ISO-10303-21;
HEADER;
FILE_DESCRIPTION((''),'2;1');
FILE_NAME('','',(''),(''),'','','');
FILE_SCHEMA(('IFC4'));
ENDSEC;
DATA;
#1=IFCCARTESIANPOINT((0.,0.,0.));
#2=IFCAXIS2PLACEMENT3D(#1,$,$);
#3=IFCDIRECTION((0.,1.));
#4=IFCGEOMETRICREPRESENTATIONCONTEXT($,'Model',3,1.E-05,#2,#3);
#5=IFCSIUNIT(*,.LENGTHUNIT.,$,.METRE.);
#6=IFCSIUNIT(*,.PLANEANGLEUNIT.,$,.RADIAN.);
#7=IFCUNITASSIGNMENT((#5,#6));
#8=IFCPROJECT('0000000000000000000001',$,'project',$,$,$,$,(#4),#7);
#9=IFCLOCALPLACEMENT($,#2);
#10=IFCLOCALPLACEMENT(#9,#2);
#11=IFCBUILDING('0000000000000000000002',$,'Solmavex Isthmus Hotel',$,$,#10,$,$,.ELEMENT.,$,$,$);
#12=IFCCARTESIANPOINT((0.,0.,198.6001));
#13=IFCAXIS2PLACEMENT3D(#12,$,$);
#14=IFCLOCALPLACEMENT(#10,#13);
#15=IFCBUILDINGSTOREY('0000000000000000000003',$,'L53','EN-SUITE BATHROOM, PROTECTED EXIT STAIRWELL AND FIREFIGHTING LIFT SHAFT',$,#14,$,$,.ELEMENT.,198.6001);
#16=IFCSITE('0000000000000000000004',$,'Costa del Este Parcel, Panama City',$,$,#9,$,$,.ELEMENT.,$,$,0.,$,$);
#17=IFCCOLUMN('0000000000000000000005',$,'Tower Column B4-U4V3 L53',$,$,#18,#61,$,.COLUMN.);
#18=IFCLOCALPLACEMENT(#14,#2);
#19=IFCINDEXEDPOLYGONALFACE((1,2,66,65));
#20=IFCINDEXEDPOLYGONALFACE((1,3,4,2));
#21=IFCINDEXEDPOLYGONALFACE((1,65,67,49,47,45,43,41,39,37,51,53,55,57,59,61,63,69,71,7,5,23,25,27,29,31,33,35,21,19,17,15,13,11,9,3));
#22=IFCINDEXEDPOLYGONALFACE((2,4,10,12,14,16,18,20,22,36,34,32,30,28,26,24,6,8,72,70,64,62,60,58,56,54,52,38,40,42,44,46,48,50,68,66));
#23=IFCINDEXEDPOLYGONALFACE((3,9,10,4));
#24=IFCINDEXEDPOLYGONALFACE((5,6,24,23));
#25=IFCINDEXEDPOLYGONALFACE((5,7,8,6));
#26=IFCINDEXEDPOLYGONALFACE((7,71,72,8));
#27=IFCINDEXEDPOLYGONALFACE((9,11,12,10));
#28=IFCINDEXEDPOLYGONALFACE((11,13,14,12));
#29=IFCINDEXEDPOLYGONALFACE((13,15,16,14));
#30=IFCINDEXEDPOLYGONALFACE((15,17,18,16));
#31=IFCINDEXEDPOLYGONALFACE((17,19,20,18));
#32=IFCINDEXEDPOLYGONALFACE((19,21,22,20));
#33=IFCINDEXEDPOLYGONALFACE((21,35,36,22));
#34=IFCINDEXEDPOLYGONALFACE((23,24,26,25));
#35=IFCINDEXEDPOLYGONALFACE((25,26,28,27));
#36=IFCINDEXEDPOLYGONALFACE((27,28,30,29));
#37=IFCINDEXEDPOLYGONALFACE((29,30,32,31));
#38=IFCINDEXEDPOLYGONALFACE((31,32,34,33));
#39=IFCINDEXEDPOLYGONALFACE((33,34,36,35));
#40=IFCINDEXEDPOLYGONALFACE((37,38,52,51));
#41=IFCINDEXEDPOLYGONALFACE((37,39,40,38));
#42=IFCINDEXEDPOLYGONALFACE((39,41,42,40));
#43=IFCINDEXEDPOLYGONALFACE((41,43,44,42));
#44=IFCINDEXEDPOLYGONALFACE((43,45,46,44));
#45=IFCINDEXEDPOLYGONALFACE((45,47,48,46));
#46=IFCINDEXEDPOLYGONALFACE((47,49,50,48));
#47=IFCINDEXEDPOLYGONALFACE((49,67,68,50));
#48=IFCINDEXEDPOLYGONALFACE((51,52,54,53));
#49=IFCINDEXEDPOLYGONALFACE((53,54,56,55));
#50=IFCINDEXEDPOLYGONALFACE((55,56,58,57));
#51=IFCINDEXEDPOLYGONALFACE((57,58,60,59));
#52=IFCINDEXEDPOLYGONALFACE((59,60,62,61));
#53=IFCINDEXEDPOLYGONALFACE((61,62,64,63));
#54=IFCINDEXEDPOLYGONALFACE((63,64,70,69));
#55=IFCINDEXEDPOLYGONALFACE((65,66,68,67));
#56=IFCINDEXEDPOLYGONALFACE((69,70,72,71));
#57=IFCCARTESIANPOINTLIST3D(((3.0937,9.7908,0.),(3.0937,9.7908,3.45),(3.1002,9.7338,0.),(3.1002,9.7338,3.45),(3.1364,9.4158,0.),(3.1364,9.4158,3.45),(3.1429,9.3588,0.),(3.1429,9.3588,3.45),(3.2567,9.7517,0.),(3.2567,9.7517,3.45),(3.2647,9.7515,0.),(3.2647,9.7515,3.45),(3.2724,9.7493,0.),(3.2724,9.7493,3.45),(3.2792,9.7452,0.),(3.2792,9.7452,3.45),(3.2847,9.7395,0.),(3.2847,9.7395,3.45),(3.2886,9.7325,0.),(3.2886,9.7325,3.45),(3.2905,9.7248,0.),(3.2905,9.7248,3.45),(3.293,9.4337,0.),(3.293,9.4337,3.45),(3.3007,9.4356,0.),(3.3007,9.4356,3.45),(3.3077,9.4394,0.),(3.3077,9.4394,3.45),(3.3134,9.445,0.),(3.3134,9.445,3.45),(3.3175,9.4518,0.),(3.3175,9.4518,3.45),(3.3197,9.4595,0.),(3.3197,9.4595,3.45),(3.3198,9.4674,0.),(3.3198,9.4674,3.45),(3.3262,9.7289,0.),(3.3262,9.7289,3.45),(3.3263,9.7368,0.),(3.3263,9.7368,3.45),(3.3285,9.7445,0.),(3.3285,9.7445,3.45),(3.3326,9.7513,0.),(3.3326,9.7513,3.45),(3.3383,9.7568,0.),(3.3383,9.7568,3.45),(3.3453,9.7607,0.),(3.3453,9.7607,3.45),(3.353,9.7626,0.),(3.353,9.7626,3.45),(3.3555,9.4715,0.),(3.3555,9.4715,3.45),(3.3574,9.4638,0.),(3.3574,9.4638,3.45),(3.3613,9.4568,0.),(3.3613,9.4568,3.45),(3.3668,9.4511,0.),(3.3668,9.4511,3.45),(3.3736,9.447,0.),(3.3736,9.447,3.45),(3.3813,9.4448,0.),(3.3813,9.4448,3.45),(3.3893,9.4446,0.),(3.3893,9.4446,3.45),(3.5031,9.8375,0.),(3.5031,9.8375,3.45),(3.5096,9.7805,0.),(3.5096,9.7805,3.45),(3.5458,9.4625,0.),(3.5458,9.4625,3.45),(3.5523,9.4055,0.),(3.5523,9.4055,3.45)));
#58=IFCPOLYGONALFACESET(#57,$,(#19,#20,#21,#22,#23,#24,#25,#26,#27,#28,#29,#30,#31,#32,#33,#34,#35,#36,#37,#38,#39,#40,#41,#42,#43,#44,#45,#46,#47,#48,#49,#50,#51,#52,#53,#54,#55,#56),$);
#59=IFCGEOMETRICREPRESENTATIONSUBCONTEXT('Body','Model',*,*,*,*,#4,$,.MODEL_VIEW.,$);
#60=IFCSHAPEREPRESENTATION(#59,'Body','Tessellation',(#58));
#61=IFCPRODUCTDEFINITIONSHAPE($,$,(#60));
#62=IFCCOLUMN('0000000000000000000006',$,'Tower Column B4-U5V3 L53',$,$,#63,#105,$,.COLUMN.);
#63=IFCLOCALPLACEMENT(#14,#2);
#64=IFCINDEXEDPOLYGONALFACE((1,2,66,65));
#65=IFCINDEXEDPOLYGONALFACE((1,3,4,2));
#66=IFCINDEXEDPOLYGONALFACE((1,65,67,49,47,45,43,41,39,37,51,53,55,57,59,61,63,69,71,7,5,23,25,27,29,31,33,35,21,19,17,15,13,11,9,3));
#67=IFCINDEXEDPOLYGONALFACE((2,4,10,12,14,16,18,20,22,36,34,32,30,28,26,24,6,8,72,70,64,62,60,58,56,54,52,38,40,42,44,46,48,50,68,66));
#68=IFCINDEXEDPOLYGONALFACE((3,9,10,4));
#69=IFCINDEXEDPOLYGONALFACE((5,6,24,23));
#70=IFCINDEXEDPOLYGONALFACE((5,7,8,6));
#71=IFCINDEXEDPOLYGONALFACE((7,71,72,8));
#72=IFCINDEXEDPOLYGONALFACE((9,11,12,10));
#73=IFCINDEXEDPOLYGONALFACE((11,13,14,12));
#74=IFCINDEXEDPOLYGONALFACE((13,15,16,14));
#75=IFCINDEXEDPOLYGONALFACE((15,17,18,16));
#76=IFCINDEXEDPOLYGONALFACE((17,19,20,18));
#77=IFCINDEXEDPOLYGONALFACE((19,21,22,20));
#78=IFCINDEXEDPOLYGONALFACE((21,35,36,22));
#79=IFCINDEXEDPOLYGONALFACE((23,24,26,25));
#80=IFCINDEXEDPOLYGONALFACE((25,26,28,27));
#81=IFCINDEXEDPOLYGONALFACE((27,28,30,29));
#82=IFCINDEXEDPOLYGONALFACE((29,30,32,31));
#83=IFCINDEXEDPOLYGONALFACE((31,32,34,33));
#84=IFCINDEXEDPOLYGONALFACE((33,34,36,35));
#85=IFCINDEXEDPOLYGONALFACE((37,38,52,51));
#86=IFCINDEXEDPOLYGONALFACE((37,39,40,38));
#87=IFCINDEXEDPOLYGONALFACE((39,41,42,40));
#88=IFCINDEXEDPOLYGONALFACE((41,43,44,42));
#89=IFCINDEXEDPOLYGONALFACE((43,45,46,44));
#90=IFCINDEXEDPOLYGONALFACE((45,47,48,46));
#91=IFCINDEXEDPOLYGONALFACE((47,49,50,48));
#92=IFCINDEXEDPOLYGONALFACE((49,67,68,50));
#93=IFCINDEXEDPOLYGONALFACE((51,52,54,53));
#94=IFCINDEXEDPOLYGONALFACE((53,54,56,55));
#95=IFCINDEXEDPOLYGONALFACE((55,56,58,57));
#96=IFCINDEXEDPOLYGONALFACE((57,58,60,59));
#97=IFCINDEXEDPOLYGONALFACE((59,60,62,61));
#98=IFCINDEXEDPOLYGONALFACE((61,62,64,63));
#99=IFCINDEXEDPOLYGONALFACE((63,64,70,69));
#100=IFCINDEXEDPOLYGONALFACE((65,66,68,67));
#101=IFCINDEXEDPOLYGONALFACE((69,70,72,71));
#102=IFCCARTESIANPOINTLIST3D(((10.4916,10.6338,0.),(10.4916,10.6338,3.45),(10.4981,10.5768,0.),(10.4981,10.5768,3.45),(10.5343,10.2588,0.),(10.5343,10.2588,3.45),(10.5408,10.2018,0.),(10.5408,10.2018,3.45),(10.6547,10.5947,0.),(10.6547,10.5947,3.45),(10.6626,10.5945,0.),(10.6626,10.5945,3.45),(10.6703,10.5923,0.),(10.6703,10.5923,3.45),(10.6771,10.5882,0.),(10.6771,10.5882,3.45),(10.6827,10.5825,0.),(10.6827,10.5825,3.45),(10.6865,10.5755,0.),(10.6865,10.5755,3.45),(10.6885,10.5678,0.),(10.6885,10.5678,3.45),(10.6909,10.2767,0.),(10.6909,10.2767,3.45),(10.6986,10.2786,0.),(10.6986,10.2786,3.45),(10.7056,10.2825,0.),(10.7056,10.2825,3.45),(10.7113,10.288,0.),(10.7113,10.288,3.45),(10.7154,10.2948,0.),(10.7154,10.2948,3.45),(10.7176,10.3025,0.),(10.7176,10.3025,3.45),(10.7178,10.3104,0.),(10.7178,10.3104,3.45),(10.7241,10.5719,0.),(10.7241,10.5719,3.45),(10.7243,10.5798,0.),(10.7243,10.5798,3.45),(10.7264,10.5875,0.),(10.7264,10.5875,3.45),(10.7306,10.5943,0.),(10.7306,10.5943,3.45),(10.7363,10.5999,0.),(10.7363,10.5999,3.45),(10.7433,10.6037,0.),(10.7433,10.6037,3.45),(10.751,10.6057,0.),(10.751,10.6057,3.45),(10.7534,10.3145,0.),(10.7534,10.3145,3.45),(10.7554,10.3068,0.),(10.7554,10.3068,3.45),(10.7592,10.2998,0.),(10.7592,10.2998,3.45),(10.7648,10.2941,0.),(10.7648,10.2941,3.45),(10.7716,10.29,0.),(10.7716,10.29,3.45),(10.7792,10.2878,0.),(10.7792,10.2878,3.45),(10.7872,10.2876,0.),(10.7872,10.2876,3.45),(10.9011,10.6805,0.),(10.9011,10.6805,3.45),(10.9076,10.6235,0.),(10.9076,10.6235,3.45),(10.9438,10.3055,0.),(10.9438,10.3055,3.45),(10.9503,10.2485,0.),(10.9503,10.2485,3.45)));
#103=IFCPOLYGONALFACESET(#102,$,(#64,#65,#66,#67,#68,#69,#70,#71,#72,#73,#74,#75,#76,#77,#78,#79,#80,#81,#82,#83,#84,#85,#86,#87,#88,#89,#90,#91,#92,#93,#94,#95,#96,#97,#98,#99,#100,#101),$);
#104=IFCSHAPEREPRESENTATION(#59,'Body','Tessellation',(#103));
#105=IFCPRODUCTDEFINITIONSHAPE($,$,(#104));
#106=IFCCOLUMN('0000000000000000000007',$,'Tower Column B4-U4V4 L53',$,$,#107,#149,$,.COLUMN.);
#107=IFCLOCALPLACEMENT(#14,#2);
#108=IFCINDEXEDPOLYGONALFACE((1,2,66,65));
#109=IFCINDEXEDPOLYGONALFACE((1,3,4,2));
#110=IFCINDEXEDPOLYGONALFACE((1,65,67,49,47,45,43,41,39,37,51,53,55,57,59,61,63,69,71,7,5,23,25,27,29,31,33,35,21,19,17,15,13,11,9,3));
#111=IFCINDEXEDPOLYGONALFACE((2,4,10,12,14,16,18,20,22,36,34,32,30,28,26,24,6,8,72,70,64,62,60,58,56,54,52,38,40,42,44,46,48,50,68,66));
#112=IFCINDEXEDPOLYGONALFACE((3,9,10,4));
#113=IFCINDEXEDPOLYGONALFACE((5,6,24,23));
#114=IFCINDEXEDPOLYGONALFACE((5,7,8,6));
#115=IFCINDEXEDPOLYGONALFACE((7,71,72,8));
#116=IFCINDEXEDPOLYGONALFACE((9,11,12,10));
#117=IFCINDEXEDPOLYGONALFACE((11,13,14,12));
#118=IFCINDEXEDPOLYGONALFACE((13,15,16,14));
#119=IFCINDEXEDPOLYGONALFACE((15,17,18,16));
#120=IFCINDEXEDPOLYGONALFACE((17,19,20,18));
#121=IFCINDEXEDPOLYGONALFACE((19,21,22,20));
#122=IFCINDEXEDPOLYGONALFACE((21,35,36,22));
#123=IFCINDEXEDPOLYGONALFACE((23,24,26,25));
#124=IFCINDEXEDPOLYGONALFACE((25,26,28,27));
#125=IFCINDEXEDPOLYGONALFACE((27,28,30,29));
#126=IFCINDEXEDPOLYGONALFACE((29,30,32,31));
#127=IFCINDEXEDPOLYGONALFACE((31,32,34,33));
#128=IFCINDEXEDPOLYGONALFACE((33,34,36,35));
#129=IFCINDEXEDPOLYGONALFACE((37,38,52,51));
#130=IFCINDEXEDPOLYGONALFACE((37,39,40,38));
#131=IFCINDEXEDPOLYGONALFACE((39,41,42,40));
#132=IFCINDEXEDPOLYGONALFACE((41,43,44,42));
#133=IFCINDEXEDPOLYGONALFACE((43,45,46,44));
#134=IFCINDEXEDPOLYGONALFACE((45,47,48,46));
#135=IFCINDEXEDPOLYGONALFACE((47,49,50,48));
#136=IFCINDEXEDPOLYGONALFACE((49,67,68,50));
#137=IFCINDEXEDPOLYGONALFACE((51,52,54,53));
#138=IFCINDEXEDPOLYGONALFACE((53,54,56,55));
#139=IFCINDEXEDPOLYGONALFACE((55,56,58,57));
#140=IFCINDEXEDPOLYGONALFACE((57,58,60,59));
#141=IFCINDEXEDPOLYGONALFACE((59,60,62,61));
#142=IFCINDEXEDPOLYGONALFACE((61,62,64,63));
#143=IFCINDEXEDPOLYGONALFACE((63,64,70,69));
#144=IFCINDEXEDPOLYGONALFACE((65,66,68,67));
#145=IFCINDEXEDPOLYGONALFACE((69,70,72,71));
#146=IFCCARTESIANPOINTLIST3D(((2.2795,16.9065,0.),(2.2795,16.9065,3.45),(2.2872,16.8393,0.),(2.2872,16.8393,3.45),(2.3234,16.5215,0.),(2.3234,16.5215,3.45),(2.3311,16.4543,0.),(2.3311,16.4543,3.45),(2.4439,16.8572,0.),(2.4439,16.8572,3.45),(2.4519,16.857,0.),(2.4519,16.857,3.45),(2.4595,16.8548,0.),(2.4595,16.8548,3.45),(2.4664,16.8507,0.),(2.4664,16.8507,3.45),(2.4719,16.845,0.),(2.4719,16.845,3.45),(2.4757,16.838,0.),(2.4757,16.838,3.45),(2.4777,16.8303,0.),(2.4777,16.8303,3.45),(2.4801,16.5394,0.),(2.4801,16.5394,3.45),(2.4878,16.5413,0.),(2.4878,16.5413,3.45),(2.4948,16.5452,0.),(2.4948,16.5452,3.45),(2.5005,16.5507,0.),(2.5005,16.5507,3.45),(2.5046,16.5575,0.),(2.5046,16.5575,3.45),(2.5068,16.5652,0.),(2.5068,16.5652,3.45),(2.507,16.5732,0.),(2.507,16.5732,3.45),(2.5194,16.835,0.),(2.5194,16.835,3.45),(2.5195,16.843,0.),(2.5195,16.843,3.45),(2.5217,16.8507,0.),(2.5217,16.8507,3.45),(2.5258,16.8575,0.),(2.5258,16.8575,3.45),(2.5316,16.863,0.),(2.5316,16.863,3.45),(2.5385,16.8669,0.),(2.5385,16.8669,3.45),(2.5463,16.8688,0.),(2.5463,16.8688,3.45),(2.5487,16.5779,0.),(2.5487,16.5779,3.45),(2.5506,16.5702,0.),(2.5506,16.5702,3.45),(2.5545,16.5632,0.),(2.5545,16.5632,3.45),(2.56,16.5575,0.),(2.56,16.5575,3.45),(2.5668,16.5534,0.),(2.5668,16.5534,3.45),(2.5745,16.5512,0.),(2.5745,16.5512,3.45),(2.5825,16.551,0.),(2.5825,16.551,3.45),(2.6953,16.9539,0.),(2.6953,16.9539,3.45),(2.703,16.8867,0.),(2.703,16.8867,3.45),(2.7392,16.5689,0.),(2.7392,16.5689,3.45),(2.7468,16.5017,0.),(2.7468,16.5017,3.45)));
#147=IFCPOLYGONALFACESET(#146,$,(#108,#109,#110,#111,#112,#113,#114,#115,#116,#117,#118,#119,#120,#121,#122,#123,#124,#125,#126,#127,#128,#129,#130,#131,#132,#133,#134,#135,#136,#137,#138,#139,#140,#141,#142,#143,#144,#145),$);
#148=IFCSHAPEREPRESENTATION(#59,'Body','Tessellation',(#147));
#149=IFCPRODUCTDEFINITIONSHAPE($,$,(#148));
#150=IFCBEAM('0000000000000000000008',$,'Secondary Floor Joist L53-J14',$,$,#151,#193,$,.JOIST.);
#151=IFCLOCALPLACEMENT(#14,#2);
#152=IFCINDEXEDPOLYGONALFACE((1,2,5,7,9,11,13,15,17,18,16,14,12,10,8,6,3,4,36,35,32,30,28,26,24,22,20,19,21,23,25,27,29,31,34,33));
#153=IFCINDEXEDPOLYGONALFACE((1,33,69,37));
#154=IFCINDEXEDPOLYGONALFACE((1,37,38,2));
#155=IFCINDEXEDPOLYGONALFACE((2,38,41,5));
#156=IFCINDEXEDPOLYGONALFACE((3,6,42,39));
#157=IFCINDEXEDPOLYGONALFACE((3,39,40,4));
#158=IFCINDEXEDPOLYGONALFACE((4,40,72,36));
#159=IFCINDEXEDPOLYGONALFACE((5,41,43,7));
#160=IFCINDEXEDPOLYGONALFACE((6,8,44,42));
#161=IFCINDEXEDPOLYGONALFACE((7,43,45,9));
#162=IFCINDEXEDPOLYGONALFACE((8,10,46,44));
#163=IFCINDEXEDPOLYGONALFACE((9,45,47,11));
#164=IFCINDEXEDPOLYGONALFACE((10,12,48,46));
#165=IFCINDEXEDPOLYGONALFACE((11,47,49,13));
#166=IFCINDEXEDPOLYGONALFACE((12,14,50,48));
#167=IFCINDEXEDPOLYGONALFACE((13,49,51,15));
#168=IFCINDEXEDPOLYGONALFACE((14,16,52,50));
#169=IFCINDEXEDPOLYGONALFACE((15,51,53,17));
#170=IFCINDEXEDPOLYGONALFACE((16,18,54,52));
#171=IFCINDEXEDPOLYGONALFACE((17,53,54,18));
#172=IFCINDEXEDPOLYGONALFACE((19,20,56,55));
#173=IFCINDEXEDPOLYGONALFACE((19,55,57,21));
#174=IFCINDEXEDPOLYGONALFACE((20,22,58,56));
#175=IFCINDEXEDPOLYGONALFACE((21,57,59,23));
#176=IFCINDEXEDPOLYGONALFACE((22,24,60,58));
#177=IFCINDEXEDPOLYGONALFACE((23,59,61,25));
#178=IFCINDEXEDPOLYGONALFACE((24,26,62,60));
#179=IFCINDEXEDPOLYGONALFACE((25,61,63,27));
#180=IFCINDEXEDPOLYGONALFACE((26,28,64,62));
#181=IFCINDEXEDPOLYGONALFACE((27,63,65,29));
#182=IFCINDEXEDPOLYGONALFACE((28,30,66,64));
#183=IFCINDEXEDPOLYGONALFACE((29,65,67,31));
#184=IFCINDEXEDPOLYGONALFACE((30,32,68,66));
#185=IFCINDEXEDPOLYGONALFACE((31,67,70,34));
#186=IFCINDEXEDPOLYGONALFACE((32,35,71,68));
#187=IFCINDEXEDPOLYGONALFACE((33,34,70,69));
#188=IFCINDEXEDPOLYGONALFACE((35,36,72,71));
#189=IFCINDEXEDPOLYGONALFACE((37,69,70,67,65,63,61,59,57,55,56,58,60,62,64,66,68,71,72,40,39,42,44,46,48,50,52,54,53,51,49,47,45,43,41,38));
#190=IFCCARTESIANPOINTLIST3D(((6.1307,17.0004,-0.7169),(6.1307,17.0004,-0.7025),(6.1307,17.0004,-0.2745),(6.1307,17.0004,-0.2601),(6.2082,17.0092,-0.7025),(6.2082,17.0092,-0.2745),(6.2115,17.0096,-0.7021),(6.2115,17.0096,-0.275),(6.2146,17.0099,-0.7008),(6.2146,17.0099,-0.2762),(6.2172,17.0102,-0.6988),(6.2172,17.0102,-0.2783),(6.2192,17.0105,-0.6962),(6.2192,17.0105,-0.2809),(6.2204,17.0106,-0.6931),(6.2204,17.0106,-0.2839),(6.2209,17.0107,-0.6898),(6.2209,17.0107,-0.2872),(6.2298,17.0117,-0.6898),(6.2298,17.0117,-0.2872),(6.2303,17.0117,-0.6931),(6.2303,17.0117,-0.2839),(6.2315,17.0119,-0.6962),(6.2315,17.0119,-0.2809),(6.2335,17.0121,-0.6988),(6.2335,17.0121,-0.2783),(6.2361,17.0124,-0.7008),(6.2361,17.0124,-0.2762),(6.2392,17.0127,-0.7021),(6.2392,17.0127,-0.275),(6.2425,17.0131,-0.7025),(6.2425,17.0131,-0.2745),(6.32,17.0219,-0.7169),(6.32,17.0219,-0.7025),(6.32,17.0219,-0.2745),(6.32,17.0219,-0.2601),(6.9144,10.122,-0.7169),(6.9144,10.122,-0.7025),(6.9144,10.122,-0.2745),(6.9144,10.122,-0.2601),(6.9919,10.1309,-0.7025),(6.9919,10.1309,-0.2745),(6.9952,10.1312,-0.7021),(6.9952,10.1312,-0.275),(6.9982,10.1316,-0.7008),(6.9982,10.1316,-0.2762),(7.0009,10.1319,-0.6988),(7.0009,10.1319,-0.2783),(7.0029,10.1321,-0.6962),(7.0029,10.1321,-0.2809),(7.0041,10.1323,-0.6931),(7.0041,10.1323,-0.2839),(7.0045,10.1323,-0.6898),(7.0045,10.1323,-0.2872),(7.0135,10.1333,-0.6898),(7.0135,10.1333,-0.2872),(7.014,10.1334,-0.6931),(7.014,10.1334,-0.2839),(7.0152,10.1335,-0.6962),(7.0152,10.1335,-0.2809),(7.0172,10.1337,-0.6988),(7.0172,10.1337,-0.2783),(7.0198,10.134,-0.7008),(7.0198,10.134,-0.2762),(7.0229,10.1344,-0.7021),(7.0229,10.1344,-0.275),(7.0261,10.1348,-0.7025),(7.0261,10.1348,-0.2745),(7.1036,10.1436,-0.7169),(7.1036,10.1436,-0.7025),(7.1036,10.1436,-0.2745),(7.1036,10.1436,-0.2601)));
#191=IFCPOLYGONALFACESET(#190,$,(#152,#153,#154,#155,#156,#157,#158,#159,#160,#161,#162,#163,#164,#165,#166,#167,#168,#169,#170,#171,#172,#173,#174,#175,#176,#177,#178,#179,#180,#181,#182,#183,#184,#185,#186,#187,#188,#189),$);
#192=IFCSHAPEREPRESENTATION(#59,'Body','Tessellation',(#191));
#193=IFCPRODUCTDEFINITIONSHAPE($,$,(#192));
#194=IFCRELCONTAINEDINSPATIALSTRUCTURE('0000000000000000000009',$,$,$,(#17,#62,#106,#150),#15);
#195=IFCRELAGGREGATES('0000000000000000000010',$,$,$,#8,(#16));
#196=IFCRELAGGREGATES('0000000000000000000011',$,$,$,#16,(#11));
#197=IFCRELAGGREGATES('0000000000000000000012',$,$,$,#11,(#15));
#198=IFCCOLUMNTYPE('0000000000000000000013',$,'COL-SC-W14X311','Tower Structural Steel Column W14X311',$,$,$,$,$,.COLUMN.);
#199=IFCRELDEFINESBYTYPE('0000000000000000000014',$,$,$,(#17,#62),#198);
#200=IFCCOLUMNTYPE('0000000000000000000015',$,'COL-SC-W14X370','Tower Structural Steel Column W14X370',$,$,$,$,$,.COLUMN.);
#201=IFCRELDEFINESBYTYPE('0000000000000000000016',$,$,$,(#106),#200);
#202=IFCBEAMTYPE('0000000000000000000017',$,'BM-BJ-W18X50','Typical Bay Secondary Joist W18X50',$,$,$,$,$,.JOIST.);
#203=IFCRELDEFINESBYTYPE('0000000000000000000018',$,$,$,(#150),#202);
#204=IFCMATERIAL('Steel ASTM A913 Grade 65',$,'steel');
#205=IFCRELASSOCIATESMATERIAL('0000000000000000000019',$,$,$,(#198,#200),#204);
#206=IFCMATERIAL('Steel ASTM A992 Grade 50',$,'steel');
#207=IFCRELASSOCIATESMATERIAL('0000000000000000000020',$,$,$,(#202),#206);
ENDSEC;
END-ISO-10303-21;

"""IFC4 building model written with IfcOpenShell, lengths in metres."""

from ifc_helpers import new_model, si_unit, direction, frame, origin, origin_2d, place, context, subcontext, project, spatial, i_section, extrude, material, material_profile, profile_set, type_object, element, save


model = new_model("IFC4")

# Units and contexts
model_context = context("Model", 3, precision=1e-05, world=origin(), true_north=direction((0.0, 1.0)))
body_context = subcontext(model_context, "Body", "Model", "MODEL_VIEW")
ifc_project = project(units=[si_unit("LENGTHUNIT", "METRE"), si_unit("PLANEANGLEUNIT", "RADIAN")], contexts=[model_context])

# Site, building, storey
site_placement = place(None, origin())
site = spatial("IfcSite", under=ifc_project, at=site_placement, Name="Costa del Este Parcel, Panama City", CompositionType="ELEMENT", RefElevation=0.0)
building_placement = place(site_placement, origin())
building = spatial("IfcBuilding", under=site, at=building_placement, Name="Solmavex Isthmus Hotel", CompositionType="ELEMENT")
storey_placement = place(building_placement, frame((0.0, 0.0, 198.6001)))
storey = spatial("IfcBuildingStorey", under=building, at=storey_placement, Name="L53", Description="EN-SUITE BATHROOM, PROTECTED EXIT STAIRWELL AND FIREFIGHTING LIFT SHAFT", CompositionType="ELEMENT", Elevation=198.6001)

# Columns
ifc_material_1 = material(Name="Steel ASTM A913 Grade 65", Category="steel")
ifc_material_profile_1 = material_profile(ifc_material_1, i_section(OverallWidth=0.4121, OverallDepth=0.4348, WebThickness=0.0359, FlangeThickness=0.0574, FilletRadius=0.0305, at=origin_2d()), Name="W14X311")
ifc_profile_set_1 = profile_set([ifc_material_profile_1], Name="Steel ASTM A913 Grade 65")
column_type_1 = type_object("IfcColumnType", Name="COL-SC-W14X311", Description="Tower Structural Steel Column W14X311", PredefinedType="COLUMN", material=ifc_profile_set_1)
for number, where, z_axis, x_axis, name in (
    (1, (3.323, 9.5981, 0.0), (0.0, 0.0, 1.0), (0.993572, 0.113203, 0.0), "Tower Column B4-U4V3 L53"),
    (2, (10.7209, 10.4412, 0.0), (0.0, 0.0, 1.0), (0.993572, 0.113203, 0.0), "Tower Column B4-U5V3 L53"),
):
    element("IfcColumn", number, at=place(storey_placement, frame(where, z_axis=z_axis, x_axis=x_axis)), inside=storey, type_object=column_type_1, Name=name, PredefinedType="COLUMN", context=body_context, shape_type="SweptSolid", body=[
        extrude(i_section(OverallWidth=0.4121, OverallDepth=0.4348, WebThickness=0.0359, FlangeThickness=0.0574, FilletRadius=0.0305, at=origin_2d()), origin(), (0.0, 0.0, 1.0), 3.45),
    ])
ifc_material_profile_2 = material_profile(ifc_material_1, i_section(OverallWidth=0.4185, OverallDepth=0.4551, WebThickness=0.042, FlangeThickness=0.0676, FilletRadius=0.0305, at=origin_2d()), Name="W14X370")
ifc_profile_set_2 = profile_set([ifc_material_profile_2], Name="Steel ASTM A913 Grade 65")
column_type_2 = type_object("IfcColumnType", Name="COL-SC-W14X370", Description="Tower Structural Steel Column W14X370", PredefinedType="COLUMN", material=ifc_profile_set_2)
column_placement = place(storey_placement, frame((2.5132, 16.7041, 0.0), z_axis=(0.0, 0.0, 1.0), x_axis=(0.993572, 0.113203, 0.0)))
element("IfcColumn", 3, at=column_placement, inside=storey, type_object=column_type_2, Name="Tower Column B4-U4V4 L53", PredefinedType="COLUMN", context=body_context, shape_type="SweptSolid", body=[
    extrude(i_section(OverallWidth=0.4185, OverallDepth=0.4551, WebThickness=0.042, FlangeThickness=0.0676, FilletRadius=0.0305, at=origin_2d()), origin(), (0.0, 0.0, 1.0), 3.45),
])

# Beam
ifc_material_2 = material(Name="Steel ASTM A992 Grade 50", Category="steel")
ifc_material_profile_3 = material_profile(ifc_material_2, i_section(OverallWidth=0.1904, OverallDepth=0.4568, WebThickness=0.009, FlangeThickness=0.0144, FilletRadius=0.0127, at=origin_2d()), Name="W18X50")
ifc_profile_set_3 = profile_set([ifc_material_profile_3], Name="Steel ASTM A992 Grade 50")
beam_type_1 = type_object("IfcBeamType", Name="BM-BJ-W18X50", Description="Typical Bay Secondary Joist W18X50", PredefinedType="JOIST", material=ifc_profile_set_3)
for number, where, z_axis, x_axis, name in (
    (4, (7.009, 10.1328, -0.4885), (-0.113202, 0.993572, 0.0), (-0.993572, -0.113202, 0.0), "Secondary Floor Joist L53-J14"),
):
    element("IfcBeam", number, at=place(storey_placement, frame(where, z_axis=z_axis, x_axis=x_axis)), inside=storey, type_object=beam_type_1, Name=name, PredefinedType="JOIST", context=body_context, shape_type="SweptSolid", body=[
        extrude(i_section(OverallWidth=0.1904, OverallDepth=0.4568, WebThickness=0.009, FlangeThickness=0.0144, FilletRadius=0.0127, at=origin_2d()), origin(), (0.0, 0.0, 1.0), 6.9229),
    ])

save(model, "model.ifc")
